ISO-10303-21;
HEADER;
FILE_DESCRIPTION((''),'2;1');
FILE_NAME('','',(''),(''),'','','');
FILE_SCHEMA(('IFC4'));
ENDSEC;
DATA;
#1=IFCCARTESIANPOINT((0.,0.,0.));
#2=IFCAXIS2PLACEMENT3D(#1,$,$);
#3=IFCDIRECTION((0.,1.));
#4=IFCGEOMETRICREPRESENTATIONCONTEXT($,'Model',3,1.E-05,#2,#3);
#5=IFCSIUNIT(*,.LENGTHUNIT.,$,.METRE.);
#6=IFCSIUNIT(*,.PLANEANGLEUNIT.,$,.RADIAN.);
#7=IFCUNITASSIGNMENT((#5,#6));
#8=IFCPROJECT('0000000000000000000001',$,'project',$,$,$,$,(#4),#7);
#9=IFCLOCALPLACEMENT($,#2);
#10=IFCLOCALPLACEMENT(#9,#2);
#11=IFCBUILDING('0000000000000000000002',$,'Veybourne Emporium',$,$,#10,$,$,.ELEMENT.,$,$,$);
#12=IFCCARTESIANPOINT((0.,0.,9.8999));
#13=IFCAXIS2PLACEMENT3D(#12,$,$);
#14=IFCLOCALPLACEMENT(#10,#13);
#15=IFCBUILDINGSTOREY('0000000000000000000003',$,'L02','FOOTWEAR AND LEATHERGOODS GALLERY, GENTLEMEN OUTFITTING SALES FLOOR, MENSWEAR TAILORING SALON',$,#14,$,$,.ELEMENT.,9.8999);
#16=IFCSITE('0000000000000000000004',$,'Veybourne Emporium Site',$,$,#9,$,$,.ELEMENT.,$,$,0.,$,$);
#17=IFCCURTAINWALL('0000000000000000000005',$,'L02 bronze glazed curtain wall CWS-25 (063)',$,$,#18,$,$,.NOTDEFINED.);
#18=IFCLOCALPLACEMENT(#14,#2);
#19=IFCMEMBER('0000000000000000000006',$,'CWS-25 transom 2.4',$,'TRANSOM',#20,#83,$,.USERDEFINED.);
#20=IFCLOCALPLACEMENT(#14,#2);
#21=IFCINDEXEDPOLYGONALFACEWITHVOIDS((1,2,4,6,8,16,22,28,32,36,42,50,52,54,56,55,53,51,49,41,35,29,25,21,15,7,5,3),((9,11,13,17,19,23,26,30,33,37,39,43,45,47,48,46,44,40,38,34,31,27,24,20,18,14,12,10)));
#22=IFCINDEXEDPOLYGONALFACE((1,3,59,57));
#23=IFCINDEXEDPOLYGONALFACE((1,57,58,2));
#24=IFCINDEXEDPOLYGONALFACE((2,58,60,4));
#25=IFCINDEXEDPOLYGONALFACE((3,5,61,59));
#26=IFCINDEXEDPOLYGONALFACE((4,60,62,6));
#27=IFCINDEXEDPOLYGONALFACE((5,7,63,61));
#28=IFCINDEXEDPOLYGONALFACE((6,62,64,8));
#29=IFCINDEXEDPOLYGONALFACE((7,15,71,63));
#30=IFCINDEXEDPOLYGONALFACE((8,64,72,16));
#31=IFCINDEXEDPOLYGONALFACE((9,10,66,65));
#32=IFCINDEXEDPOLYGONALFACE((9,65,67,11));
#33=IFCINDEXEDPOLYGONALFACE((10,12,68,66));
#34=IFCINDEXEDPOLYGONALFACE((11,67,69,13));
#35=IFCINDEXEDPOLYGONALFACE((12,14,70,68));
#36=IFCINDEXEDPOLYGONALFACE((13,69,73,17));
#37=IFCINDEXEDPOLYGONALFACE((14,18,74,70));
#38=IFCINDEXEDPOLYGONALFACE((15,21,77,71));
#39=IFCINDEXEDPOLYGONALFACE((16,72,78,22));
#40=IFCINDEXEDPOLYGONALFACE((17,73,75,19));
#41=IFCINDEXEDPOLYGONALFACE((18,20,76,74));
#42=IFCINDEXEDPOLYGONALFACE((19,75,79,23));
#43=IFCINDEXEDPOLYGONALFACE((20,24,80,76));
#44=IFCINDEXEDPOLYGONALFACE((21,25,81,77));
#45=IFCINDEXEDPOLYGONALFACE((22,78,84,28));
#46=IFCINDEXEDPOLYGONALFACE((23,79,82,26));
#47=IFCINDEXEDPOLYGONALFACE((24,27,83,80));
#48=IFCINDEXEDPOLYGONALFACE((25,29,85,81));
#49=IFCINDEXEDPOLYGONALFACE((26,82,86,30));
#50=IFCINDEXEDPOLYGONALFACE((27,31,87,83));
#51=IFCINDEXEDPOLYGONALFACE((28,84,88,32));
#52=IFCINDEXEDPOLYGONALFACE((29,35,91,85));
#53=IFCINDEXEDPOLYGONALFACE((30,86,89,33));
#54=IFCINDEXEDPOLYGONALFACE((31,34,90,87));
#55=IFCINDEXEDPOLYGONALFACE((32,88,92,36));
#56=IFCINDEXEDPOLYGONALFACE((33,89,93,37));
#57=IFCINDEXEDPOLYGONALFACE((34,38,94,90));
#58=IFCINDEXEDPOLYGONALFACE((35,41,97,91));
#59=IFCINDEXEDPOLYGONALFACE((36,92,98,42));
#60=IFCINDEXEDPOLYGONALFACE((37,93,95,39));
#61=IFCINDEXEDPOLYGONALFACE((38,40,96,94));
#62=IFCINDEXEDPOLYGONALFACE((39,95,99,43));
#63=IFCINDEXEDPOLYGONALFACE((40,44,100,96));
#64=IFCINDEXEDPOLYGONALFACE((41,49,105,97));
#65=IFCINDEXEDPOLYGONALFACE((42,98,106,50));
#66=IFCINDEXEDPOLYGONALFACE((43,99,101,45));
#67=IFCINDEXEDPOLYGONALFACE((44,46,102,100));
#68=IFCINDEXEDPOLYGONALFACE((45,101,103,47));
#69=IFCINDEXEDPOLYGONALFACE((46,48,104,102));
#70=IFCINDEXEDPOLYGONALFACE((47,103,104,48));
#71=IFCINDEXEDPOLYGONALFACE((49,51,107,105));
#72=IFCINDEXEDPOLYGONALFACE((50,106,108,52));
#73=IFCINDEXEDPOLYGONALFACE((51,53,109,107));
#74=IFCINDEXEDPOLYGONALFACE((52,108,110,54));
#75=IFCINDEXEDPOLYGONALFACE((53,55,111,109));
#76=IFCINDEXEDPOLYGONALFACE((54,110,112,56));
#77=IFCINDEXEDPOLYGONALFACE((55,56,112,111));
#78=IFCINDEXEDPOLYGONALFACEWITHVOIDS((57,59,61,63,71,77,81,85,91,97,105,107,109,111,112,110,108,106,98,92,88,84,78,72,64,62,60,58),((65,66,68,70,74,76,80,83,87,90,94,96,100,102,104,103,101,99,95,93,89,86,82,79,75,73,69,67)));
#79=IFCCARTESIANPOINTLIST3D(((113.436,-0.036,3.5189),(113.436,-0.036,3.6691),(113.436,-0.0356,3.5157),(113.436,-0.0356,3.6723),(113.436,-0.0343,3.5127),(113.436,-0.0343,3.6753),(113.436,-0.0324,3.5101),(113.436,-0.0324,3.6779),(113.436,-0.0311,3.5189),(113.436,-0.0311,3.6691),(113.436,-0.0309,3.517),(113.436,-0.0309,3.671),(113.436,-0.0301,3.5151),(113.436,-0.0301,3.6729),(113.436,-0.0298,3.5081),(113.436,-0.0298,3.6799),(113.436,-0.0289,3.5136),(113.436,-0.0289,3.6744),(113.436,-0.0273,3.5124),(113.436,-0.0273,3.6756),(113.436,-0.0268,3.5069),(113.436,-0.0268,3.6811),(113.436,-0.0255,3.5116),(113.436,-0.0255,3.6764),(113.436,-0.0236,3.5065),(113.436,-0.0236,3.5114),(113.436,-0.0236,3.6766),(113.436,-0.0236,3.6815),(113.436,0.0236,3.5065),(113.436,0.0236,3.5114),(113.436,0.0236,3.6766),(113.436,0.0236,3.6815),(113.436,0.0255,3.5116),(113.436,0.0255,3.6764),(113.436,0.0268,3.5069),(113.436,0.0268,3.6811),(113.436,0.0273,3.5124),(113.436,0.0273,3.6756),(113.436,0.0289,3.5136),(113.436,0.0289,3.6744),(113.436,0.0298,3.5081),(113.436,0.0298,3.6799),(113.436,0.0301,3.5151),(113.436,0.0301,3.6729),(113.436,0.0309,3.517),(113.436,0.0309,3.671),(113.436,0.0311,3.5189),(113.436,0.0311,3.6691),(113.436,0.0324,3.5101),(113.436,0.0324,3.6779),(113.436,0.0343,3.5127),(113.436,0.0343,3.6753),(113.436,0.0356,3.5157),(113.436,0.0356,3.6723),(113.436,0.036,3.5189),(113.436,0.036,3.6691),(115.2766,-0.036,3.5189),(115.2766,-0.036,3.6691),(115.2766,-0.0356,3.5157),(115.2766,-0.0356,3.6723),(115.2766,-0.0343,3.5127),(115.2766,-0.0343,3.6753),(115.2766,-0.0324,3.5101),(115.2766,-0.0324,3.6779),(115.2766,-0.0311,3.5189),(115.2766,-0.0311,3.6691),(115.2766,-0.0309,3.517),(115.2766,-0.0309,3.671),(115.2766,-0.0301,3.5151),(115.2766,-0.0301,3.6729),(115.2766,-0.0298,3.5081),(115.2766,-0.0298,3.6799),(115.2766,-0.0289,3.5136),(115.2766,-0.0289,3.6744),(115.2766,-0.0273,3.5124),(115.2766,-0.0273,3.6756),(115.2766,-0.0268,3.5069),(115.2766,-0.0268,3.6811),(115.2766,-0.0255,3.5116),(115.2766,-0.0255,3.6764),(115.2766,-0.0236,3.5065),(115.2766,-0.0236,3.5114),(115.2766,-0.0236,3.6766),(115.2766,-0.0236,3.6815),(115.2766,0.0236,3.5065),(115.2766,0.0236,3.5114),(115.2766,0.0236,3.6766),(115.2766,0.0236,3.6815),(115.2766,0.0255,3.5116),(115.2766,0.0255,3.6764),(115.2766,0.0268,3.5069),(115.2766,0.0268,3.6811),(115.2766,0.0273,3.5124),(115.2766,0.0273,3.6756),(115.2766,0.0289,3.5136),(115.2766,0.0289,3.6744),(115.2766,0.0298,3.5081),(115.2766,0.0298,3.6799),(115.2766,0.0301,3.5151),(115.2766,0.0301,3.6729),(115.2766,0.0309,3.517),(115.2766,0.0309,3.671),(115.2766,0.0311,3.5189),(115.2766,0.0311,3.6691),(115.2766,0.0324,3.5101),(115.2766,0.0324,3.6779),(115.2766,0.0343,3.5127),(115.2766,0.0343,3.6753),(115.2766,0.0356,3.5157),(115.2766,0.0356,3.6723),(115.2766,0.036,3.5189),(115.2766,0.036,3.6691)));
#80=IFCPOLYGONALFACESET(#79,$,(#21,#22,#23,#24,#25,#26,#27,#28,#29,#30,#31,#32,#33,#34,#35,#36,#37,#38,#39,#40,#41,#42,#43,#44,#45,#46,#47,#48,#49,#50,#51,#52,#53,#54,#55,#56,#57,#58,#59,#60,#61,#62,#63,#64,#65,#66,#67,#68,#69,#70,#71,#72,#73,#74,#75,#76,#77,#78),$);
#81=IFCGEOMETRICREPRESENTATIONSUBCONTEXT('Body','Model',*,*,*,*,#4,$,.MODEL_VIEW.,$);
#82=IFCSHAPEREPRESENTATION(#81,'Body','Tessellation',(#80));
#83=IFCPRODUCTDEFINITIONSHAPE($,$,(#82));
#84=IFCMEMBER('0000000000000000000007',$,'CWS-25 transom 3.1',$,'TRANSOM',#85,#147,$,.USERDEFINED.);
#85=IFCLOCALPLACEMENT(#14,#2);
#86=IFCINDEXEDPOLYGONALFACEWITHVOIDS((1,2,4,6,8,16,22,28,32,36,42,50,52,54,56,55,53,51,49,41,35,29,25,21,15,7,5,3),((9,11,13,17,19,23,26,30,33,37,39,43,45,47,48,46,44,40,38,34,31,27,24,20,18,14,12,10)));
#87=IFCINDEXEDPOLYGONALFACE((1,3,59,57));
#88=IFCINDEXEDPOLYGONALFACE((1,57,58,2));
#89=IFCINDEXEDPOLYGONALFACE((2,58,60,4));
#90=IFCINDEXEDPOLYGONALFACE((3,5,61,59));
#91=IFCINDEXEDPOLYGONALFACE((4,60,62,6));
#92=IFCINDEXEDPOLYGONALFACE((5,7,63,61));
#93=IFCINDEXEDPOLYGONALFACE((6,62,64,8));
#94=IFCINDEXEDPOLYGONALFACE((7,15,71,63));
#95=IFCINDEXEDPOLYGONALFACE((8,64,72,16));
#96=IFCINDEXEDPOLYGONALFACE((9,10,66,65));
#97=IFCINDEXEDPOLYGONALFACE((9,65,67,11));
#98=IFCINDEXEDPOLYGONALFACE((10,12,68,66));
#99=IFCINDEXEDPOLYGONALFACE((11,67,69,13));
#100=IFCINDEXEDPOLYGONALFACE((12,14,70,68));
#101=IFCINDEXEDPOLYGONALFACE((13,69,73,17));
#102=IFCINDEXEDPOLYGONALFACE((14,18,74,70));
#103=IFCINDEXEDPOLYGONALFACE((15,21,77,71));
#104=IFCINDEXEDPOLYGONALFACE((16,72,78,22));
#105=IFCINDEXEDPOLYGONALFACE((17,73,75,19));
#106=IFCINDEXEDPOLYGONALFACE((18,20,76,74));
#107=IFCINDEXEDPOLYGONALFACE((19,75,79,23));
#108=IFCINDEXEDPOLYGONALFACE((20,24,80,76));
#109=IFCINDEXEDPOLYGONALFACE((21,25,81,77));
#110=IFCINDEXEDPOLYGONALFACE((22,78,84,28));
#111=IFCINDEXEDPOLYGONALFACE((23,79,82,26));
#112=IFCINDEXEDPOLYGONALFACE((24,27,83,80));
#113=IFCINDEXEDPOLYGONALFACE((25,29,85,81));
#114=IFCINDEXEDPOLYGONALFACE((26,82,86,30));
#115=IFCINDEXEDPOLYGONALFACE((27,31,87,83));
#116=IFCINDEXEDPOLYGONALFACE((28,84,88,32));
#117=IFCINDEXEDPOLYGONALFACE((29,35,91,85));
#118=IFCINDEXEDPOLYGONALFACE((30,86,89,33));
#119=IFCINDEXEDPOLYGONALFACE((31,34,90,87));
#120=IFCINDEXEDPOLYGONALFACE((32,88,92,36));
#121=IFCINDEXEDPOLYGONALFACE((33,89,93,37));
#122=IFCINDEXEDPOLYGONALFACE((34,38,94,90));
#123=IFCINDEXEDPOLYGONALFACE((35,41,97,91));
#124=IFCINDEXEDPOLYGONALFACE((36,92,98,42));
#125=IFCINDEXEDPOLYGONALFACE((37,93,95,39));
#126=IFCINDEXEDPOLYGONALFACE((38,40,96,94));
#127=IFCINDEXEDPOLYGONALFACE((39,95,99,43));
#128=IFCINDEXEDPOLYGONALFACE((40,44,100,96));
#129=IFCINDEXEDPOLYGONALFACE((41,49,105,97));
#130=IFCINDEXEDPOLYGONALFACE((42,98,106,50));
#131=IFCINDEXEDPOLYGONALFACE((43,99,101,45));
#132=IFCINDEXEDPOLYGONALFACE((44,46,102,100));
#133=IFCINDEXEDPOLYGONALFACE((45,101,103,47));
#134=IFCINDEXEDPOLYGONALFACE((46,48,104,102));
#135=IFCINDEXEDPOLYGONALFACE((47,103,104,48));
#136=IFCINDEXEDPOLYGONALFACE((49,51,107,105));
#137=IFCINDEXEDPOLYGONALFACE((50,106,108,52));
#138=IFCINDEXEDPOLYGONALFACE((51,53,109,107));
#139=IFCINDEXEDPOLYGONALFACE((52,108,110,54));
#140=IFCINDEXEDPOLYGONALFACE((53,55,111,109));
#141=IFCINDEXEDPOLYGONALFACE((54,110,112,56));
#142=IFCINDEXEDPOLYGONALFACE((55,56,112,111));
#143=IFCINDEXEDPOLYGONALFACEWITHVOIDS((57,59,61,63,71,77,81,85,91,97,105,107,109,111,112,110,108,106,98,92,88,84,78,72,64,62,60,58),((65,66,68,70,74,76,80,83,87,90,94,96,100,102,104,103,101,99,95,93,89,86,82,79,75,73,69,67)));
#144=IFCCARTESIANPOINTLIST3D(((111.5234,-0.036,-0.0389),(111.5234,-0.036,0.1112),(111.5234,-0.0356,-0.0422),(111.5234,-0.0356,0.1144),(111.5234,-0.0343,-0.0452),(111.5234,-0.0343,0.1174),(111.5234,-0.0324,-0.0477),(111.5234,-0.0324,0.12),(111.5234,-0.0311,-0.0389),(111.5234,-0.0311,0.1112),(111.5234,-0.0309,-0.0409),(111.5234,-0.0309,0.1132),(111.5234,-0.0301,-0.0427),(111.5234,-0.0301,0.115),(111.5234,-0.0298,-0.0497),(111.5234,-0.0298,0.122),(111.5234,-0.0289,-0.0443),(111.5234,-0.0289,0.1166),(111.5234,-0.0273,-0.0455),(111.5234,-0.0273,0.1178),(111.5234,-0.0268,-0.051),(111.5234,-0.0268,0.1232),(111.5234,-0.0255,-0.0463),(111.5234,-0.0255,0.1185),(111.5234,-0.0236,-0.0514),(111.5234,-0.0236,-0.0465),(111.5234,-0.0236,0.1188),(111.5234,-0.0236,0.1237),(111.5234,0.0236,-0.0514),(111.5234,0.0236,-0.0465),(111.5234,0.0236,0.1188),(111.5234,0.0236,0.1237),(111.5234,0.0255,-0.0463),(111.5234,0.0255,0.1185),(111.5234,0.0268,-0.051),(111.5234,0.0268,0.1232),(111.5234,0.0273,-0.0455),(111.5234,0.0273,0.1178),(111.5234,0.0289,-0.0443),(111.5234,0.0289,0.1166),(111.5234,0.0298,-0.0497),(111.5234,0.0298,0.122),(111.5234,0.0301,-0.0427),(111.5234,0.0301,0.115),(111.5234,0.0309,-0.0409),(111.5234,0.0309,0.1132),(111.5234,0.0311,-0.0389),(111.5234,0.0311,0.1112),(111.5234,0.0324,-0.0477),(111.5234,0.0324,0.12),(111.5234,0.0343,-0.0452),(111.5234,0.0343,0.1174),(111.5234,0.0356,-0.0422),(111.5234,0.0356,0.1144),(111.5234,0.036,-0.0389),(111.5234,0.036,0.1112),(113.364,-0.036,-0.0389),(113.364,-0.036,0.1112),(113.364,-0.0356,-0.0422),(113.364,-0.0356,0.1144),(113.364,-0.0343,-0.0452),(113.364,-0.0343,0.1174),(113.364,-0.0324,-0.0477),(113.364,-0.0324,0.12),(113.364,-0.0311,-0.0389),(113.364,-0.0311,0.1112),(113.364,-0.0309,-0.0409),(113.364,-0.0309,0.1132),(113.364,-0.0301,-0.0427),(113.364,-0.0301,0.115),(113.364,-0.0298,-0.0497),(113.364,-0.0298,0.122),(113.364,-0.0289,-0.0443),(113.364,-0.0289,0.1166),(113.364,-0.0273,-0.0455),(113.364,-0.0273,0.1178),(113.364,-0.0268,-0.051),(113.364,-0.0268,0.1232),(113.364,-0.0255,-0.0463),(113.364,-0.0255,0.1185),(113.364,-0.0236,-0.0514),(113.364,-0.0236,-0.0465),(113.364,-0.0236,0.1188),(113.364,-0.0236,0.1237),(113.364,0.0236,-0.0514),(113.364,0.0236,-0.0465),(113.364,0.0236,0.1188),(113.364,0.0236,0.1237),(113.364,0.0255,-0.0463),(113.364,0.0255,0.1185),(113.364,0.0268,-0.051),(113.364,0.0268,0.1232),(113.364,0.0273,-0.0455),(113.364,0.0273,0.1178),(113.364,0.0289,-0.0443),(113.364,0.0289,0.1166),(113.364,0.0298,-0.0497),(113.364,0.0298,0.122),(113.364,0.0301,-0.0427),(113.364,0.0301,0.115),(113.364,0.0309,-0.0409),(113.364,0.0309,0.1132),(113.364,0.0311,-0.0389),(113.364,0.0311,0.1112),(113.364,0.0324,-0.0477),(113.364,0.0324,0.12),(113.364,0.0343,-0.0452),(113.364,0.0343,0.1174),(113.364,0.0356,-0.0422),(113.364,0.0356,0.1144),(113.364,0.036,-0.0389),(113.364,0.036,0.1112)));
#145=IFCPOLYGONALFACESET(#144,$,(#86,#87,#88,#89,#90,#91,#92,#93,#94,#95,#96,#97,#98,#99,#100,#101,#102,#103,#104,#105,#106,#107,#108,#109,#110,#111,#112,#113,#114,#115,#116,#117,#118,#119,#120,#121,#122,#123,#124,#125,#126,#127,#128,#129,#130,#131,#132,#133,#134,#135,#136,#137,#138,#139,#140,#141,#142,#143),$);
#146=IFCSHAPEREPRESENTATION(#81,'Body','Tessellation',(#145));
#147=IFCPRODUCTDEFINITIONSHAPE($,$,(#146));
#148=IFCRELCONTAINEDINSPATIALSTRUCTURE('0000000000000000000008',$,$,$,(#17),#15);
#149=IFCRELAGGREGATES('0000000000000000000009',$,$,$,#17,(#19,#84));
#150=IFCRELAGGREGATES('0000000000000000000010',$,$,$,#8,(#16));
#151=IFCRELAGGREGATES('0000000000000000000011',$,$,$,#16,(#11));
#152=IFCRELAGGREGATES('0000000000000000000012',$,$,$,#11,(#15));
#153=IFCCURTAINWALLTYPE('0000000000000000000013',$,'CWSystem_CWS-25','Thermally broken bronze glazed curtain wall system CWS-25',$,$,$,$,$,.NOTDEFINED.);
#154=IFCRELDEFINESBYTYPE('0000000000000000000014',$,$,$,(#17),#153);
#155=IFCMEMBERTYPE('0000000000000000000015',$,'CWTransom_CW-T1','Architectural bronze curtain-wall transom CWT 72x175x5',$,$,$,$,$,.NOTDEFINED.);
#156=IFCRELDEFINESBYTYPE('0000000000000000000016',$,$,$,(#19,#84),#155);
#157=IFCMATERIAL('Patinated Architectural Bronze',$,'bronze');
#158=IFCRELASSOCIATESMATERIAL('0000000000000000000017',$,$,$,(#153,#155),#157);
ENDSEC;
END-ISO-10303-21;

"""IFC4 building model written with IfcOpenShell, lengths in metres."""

from ifc_helpers import new_model, si_unit, direction, frame, origin, origin_2d, place, context, subcontext, project, spatial, hollow_rectangle, extrude, material, material_profile, profile_set, type_object, element, aggregate, save


model = new_model("IFC4")

# Units and contexts
model_context = context("Model", 3, precision=1e-05, world=origin(), true_north=direction((0.0, 1.0)))
body_context = subcontext(model_context, "Body", "Model", "MODEL_VIEW")
ifc_project = project(units=[si_unit("LENGTHUNIT", "METRE"), si_unit("PLANEANGLEUNIT", "RADIAN")], contexts=[model_context])

# Site, building, storey
site_placement = place(None, origin())
site = spatial("IfcSite", under=ifc_project, at=site_placement, Name="Veybourne Emporium Site", CompositionType="ELEMENT", RefElevation=0.0)
building_placement = place(site_placement, origin())
building = spatial("IfcBuilding", under=site, at=building_placement, Name="Veybourne Emporium", CompositionType="ELEMENT")
storey_placement = place(building_placement, frame((0.0, 0.0, 9.8999)))
storey = spatial("IfcBuildingStorey", under=building, at=storey_placement, Name="L02", Description="FOOTWEAR AND LEATHERGOODS GALLERY, GENTLEMEN OUTFITTING SALES FLOOR, MENSWEAR TAILORING SALON", CompositionType="ELEMENT", Elevation=9.8999)

# Curtain wall, members
ifc_material_1 = material(Name="Patinated Architectural Bronze", Category="bronze")
curtain_wall_type = type_object("IfcCurtainWallType", Name="CWSystem_CWS-25", Description="Thermally broken bronze glazed curtain wall system CWS-25", PredefinedType="NOTDEFINED", material=ifc_material_1)
curtain_wall_placement = place(storey_placement, origin())
curtain_wall = element("IfcCurtainWall", 1, at=curtain_wall_placement, inside=storey, type_object=curtain_wall_type, Name="L02 bronze glazed curtain wall CWS-25 (063)", PredefinedType="NOTDEFINED")
ifc_material_profile_1 = material_profile(ifc_material_1, hollow_rectangle(XDim=0.072, YDim=0.175, WallThickness=0.0049, InnerFilletRadius=0.0076, OuterFilletRadius=0.0125, at=origin_2d()), Name="CWT 72x175x5")
ifc_profile_set_1 = profile_set([ifc_material_profile_1], Name="Patinated Architectural Bronze")
member_type_1 = type_object("IfcMemberType", Name="CWTransom_CW-T1", Description="Architectural bronze curtain-wall transom CWT 72x175x5", PredefinedType="NOTDEFINED", material=ifc_profile_set_1)
member_1_placement = place(storey_placement, frame((115.2766, 0.0, 3.594), z_axis=(-1.0, 0.0, 0.0), x_axis=(0.0, -1.0, 0.0)))
member_1 = element("IfcMember", 2, at=member_1_placement, type_object=member_type_1, Name="CWS-25 transom 2.4", ObjectType="TRANSOM", PredefinedType="USERDEFINED", context=body_context, shape_type="SweptSolid", body=[
    extrude(hollow_rectangle(XDim=0.072, YDim=0.175, WallThickness=0.0049, InnerFilletRadius=0.0076, OuterFilletRadius=0.0125, at=origin_2d()), origin(), (0.0, 0.0, 1.0), 1.8406),
])
member_2_placement = place(storey_placement, frame((113.364, 0.0, 0.0361), z_axis=(-1.0, 0.0, 0.0), x_axis=(0.0, -1.0, 0.0)))
member_2 = element("IfcMember", 3, at=member_2_placement, type_object=member_type_1, Name="CWS-25 transom 3.1", ObjectType="TRANSOM", PredefinedType="USERDEFINED", context=body_context, shape_type="SweptSolid", body=[
    extrude(hollow_rectangle(XDim=0.072, YDim=0.175, WallThickness=0.0049, InnerFilletRadius=0.0076, OuterFilletRadius=0.0125, at=origin_2d()), origin(), (0.0, 0.0, 1.0), 1.8406),
])

aggregate(curtain_wall, [member_1, member_2])

save(model, "model.ifc")
